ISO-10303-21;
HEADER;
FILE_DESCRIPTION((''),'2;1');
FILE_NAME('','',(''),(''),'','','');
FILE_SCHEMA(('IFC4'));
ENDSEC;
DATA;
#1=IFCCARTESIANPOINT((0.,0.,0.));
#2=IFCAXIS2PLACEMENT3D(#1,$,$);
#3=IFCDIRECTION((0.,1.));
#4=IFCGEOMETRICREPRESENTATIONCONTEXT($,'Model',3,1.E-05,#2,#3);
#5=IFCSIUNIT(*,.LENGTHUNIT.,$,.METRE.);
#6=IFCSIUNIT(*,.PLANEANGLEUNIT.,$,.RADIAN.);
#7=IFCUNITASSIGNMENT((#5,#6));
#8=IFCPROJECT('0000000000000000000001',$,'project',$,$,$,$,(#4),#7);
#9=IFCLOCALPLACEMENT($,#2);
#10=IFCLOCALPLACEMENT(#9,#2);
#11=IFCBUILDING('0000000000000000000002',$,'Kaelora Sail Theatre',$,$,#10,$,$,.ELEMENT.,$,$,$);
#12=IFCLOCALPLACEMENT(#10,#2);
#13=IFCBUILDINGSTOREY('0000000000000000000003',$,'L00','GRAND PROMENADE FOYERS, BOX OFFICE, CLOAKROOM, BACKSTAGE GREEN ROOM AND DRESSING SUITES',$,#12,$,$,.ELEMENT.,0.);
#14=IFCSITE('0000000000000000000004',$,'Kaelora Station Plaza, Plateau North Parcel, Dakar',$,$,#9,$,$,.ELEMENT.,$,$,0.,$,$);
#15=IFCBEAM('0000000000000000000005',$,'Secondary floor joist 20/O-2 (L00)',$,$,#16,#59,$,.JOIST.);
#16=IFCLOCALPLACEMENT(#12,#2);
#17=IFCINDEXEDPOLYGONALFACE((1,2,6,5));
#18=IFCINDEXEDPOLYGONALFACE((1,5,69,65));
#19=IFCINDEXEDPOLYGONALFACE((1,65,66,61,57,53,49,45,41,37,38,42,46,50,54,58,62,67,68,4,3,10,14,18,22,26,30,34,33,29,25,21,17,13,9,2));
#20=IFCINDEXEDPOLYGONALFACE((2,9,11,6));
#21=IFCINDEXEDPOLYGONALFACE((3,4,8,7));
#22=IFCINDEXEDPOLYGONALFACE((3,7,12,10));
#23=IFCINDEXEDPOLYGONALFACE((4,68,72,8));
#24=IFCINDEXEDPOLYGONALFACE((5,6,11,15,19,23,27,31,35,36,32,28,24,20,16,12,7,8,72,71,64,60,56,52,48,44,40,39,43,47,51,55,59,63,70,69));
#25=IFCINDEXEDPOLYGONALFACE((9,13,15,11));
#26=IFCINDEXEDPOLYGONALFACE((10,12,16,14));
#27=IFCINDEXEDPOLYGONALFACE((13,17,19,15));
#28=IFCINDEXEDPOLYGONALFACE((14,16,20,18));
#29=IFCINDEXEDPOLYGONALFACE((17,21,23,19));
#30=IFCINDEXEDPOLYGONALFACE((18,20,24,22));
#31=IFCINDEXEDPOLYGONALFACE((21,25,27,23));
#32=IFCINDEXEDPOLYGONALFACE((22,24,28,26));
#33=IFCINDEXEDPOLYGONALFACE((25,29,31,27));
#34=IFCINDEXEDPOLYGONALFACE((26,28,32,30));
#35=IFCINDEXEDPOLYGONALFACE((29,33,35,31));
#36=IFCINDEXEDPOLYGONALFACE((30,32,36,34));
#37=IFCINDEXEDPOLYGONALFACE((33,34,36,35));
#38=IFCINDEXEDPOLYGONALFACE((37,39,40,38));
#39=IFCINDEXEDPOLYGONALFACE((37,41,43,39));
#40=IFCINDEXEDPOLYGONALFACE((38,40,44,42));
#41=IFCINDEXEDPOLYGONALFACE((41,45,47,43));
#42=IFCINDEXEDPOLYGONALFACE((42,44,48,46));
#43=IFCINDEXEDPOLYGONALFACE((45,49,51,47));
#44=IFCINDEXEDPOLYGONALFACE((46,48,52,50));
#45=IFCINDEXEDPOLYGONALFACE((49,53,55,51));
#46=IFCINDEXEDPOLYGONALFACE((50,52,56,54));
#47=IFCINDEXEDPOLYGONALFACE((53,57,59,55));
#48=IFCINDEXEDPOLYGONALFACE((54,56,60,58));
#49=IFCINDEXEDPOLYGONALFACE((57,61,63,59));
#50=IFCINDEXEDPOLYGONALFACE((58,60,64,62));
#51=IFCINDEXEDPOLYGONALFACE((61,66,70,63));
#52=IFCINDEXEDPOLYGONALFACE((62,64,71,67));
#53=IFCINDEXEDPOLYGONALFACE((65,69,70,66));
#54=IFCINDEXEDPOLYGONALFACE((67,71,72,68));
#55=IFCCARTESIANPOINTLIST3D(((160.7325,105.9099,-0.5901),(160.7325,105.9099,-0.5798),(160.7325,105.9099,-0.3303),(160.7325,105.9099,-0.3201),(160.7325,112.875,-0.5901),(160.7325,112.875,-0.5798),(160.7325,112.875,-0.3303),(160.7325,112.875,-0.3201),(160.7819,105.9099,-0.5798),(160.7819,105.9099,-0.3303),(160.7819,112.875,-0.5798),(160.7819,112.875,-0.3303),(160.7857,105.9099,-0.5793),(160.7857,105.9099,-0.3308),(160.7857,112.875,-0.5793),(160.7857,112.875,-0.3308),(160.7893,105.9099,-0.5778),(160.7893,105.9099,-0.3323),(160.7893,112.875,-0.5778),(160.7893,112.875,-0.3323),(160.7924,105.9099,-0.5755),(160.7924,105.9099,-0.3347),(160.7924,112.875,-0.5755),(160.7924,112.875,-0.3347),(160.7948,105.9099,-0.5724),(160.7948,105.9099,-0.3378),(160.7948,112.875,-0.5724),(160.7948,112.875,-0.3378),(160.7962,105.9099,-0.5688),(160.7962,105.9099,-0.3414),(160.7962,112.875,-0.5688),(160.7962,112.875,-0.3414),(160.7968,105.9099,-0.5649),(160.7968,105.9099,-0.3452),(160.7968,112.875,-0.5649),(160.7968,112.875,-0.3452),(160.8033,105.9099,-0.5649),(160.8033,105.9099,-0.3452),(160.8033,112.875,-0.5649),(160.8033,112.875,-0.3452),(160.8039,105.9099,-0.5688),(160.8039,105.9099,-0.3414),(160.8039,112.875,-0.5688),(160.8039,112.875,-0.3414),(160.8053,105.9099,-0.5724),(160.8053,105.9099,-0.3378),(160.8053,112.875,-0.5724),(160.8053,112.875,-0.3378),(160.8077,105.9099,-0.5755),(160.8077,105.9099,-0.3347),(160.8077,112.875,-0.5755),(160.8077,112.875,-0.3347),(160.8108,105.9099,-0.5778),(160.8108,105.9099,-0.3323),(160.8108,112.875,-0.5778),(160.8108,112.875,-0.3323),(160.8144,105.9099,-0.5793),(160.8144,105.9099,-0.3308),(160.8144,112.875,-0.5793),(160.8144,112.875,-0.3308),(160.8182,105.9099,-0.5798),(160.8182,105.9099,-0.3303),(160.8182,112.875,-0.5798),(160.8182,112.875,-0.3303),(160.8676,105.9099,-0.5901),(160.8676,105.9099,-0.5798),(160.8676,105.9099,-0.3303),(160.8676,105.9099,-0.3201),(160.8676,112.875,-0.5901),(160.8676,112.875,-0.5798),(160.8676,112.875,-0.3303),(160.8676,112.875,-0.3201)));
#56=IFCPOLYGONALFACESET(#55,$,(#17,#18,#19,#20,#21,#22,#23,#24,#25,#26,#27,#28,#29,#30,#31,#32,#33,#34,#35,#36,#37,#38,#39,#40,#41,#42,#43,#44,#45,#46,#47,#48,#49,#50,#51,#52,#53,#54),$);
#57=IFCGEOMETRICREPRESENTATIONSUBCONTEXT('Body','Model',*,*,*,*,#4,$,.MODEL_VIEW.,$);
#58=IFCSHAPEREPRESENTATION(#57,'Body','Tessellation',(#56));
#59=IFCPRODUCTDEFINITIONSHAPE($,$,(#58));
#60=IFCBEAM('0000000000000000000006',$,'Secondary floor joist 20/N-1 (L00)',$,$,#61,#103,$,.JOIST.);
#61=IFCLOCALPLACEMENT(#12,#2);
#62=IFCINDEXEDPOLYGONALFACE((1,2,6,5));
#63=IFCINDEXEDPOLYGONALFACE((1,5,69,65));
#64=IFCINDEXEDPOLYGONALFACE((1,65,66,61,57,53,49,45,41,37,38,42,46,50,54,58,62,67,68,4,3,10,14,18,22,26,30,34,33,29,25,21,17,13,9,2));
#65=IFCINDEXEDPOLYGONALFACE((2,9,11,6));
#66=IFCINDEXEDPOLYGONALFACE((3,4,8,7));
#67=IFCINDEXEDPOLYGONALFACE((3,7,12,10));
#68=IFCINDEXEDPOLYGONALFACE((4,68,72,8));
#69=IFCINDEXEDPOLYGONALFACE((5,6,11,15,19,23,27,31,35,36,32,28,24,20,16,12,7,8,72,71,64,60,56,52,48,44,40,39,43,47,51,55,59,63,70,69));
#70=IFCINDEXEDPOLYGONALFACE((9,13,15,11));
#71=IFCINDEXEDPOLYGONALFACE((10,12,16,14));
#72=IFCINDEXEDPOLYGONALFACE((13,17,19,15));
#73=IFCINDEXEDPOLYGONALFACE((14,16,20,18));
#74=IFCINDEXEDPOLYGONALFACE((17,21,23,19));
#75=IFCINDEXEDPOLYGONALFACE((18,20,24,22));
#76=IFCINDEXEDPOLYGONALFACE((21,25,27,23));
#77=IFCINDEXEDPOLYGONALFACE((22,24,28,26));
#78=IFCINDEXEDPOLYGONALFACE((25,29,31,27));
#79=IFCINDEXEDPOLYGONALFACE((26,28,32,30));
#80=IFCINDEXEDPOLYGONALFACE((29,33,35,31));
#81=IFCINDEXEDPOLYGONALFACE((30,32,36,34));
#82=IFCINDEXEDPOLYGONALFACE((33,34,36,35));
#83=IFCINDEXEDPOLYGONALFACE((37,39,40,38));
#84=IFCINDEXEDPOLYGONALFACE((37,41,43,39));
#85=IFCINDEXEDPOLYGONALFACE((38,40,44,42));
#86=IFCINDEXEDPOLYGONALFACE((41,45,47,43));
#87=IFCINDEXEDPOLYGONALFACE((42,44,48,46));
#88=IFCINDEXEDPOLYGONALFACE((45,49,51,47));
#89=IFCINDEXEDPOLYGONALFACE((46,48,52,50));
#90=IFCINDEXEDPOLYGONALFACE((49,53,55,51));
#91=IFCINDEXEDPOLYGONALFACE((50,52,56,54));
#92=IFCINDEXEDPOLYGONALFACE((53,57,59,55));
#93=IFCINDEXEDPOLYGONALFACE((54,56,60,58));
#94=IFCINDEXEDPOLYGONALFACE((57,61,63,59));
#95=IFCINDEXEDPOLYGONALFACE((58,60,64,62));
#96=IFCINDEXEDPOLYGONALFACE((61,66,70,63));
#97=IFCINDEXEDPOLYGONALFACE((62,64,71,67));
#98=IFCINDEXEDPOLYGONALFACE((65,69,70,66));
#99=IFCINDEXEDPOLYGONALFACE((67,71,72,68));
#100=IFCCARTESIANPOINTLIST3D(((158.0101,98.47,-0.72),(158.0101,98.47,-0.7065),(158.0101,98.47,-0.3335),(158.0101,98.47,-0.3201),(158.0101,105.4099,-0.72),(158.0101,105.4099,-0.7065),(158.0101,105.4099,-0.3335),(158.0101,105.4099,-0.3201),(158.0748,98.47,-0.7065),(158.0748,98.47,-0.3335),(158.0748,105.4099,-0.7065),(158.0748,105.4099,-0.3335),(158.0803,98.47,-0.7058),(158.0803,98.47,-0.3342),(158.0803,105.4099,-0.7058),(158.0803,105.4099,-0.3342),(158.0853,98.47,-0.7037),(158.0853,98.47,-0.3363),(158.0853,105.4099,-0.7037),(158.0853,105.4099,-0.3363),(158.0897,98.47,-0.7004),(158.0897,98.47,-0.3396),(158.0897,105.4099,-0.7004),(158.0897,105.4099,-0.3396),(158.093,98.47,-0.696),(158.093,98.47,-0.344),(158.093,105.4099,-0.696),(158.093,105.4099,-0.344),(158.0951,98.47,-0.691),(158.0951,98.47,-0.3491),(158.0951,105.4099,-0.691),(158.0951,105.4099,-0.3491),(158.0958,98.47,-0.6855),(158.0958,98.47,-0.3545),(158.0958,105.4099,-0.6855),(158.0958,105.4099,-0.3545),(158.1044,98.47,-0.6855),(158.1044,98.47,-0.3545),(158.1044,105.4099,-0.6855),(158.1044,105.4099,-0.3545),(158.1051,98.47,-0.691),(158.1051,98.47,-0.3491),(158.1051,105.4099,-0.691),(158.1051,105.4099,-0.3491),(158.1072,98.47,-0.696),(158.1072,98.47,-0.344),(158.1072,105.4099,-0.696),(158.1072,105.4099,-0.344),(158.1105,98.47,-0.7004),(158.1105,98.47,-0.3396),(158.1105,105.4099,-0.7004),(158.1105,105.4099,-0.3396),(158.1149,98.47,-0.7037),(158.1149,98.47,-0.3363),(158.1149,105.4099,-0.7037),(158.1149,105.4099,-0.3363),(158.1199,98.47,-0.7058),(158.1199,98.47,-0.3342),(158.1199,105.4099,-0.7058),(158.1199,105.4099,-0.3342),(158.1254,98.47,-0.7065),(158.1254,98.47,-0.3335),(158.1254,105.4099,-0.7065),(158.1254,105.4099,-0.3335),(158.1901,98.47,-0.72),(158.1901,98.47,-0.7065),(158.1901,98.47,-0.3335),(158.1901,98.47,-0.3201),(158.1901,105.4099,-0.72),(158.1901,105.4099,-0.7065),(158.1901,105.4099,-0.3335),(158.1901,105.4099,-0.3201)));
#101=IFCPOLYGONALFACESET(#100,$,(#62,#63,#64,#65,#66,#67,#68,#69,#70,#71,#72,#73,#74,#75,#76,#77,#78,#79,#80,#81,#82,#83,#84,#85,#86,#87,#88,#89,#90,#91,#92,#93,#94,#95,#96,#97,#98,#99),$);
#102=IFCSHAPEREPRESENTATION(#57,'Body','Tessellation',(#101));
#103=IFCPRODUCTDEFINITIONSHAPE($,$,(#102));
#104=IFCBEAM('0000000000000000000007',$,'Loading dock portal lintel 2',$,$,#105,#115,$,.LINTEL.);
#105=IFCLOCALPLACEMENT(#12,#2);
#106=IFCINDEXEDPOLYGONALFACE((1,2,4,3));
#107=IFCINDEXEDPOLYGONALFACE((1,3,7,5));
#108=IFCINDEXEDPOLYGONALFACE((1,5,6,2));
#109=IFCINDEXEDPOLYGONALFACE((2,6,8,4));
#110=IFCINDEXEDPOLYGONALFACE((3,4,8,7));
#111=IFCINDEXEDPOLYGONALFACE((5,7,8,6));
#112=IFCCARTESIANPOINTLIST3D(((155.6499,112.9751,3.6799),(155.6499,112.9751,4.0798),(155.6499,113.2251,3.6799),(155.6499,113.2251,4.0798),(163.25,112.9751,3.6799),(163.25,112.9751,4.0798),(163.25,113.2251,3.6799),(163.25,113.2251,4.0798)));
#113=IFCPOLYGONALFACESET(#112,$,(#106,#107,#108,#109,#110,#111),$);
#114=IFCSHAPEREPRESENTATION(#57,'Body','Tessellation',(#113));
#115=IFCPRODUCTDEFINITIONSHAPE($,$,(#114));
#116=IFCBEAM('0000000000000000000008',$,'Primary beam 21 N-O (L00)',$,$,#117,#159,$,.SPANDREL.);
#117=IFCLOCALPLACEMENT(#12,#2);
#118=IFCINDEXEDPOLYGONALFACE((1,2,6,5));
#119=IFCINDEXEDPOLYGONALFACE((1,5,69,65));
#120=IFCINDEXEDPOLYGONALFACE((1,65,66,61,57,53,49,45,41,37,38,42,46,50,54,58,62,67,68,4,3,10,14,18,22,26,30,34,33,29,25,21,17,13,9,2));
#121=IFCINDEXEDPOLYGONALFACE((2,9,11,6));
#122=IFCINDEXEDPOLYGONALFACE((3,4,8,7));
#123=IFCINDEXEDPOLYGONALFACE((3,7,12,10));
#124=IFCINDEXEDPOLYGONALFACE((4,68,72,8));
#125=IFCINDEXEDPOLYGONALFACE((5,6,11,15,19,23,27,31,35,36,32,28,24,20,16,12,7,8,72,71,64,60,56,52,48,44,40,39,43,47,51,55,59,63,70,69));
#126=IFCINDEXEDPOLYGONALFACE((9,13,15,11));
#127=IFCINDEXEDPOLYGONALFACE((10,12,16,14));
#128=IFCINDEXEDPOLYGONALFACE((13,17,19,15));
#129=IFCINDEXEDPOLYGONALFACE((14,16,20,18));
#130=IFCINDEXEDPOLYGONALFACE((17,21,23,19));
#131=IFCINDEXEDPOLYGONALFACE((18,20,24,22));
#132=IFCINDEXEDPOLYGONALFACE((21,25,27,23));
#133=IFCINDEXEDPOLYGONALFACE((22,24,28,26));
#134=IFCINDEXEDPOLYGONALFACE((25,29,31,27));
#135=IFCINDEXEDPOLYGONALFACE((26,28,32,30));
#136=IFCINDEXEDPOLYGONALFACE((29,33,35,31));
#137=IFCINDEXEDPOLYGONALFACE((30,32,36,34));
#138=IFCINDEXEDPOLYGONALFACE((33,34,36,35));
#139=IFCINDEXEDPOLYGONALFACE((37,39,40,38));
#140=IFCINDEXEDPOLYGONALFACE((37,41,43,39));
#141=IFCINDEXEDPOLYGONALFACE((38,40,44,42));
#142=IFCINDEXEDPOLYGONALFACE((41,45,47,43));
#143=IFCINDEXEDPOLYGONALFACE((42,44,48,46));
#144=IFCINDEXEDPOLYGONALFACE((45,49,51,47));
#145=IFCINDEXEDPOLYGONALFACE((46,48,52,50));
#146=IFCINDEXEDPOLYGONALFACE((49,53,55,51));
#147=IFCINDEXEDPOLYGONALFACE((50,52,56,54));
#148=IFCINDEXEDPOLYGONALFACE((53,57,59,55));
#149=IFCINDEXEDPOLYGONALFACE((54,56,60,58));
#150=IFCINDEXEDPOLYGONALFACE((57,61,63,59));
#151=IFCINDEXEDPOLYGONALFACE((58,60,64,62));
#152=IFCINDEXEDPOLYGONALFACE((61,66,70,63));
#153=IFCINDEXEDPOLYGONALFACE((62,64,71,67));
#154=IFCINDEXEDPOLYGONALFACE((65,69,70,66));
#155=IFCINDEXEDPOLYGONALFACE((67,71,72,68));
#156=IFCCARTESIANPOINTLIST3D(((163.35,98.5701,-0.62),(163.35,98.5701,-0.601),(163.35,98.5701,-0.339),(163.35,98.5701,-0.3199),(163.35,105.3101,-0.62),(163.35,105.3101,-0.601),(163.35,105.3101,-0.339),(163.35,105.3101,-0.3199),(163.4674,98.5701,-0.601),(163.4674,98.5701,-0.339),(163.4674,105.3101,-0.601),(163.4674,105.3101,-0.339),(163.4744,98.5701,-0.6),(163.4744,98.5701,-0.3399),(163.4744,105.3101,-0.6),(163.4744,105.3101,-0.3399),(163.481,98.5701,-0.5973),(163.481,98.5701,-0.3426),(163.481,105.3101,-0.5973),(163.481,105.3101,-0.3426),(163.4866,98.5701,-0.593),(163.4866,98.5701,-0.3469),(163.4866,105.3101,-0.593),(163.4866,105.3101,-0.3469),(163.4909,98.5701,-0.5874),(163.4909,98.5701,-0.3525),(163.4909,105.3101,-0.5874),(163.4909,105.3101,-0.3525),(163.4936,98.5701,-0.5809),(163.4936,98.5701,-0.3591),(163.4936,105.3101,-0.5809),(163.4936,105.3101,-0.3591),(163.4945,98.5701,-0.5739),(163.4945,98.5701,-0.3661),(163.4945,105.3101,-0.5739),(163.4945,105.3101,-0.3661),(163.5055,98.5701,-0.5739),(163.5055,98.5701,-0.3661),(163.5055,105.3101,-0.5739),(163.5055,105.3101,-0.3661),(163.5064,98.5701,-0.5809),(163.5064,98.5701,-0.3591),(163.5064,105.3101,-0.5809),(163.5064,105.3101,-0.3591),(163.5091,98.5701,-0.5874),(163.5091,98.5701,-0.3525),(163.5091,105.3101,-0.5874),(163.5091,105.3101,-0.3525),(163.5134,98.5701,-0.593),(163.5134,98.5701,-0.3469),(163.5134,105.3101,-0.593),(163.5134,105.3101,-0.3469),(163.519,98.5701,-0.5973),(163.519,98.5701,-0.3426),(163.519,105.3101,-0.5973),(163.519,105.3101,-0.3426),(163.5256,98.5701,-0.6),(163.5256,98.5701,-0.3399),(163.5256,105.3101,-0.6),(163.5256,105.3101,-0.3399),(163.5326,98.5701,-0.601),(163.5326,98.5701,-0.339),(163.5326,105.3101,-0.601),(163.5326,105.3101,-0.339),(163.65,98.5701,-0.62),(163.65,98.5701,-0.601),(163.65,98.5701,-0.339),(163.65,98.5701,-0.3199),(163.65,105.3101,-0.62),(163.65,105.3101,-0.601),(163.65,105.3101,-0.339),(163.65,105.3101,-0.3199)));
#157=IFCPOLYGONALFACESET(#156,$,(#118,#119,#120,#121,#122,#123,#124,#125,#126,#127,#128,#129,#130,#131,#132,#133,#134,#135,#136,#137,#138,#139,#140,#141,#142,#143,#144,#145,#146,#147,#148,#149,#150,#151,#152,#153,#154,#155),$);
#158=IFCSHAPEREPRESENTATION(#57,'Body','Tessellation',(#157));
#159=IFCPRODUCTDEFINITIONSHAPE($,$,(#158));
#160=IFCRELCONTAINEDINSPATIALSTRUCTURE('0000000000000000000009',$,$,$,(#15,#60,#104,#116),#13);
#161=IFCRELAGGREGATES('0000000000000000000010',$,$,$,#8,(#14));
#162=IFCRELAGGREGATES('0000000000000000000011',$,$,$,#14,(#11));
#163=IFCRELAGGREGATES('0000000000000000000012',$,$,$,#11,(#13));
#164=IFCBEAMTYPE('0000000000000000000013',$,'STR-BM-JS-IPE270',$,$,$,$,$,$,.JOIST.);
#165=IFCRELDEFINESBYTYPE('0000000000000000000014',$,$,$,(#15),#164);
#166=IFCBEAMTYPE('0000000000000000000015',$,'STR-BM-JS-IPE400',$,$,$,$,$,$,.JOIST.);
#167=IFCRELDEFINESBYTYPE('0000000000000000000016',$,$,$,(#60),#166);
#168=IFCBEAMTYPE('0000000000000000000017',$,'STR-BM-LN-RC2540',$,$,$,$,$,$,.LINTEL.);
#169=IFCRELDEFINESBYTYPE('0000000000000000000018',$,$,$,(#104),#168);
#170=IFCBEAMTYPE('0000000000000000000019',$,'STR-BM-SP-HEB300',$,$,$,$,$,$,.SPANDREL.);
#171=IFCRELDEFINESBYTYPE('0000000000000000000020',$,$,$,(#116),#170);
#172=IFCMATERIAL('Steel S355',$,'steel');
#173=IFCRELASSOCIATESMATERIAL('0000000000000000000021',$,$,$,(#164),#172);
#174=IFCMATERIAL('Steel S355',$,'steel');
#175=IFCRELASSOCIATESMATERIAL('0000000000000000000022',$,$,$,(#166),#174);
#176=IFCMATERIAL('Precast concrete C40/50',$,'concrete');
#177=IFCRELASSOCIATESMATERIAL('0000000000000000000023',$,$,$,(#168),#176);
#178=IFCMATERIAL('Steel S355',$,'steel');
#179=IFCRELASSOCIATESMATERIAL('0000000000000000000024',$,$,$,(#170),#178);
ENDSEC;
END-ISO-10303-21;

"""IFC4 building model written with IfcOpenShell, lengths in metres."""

from ifc_helpers import new_model, si_unit, direction, frame, origin, origin_2d, place, context, subcontext, project, spatial, rectangle, i_section, extrude, material, material_profile, profile_set, type_object, element, save


model = new_model("IFC4")

# Units and contexts
model_context = context("Model", 3, precision=1e-05, world=origin(), true_north=direction((0.0, 1.0)))
body_context = subcontext(model_context, "Body", "Model", "MODEL_VIEW")
ifc_project = project(units=[si_unit("LENGTHUNIT", "METRE"), si_unit("PLANEANGLEUNIT", "RADIAN")], contexts=[model_context])

# Site, building, storey
site_placement = place(None, origin())
site = spatial("IfcSite", under=ifc_project, at=site_placement, Name="Kaelora Station Plaza, Plateau North Parcel, Dakar", CompositionType="ELEMENT", RefElevation=0.0)
building_placement = place(site_placement, origin())
building = spatial("IfcBuilding", under=site, at=building_placement, Name="Kaelora Sail Theatre", CompositionType="ELEMENT")
storey_placement = place(building_placement, origin())
storey = spatial("IfcBuildingStorey", under=building, at=storey_placement, Name="L00", Description="GRAND PROMENADE FOYERS, BOX OFFICE, CLOAKROOM, BACKSTAGE GREEN ROOM AND DRESSING SUITES", CompositionType="ELEMENT", Elevation=0.0)

# Beams
ifc_material_1 = material(Name="Steel S355", Category="steel")
ifc_material_profile_1 = material_profile(ifc_material_1, i_section(OverallWidth=0.135, OverallDepth=0.27, WebThickness=0.0066, FlangeThickness=0.0103, FilletRadius=0.0149, at=origin_2d()), Name="IPE 270")
ifc_profile_set_1 = profile_set([ifc_material_profile_1], Name="Steel S355")
beam_type_1 = type_object("IfcBeamType", Name="STR-BM-JS-IPE270", PredefinedType="JOIST", material=ifc_profile_set_1)
beam_1_placement = place(storey_placement, frame((160.8, 105.9099, -0.4551), z_axis=(0.0, 1.0, 0.0), x_axis=(-1.0, 0.0, 0.0)))
element("IfcBeam", 1, at=beam_1_placement, inside=storey, type_object=beam_type_1, Name="Secondary floor joist 20/O-2 (L00)", PredefinedType="JOIST", context=body_context, shape_type="SweptSolid", body=[
    extrude(i_section(OverallWidth=0.135, OverallDepth=0.27, WebThickness=0.0066, FlangeThickness=0.0103, FilletRadius=0.0149, at=origin_2d()), origin(), (0.0, 0.0, 1.0), 6.9651),
])
ifc_material_2 = material(Name="Steel S355", Category="steel")
ifc_material_profile_2 = material_profile(ifc_material_2, i_section(OverallWidth=0.1799, OverallDepth=0.3999, WebThickness=0.0085, FlangeThickness=0.0134, FilletRadius=0.021, at=origin_2d()), Name="IPE 400")
ifc_profile_set_2 = profile_set([ifc_material_profile_2], Name="Steel S355")
beam_type_2 = type_object("IfcBeamType", Name="STR-BM-JS-IPE400", PredefinedType="JOIST", material=ifc_profile_set_2)
beam_2_placement = place(storey_placement, frame((158.1001, 98.47, -0.52), z_axis=(0.0, 1.0, 0.0), x_axis=(-1.0, 0.0, 0.0)))
element("IfcBeam", 2, at=beam_2_placement, inside=storey, type_object=beam_type_2, Name="Secondary floor joist 20/N-1 (L00)", PredefinedType="JOIST", context=body_context, shape_type="SweptSolid", body=[
    extrude(i_section(OverallWidth=0.1799, OverallDepth=0.3999, WebThickness=0.0085, FlangeThickness=0.0134, FilletRadius=0.021, at=origin_2d()), origin(), (0.0, 0.0, 1.0), 6.9399),
])
ifc_material_3 = material(Name="Precast concrete C40/50", Category="concrete")
ifc_material_profile_3 = material_profile(ifc_material_3, rectangle(XDim=0.25, YDim=0.3999, at=origin_2d()), Name="RC-LNT 250x400")
ifc_profile_set_3 = profile_set([ifc_material_profile_3], Name="Precast concrete C40/50")
beam_type_3 = type_object("IfcBeamType", Name="STR-BM-LN-RC2540", PredefinedType="LINTEL", material=ifc_profile_set_3)
beam_3_placement = place(storey_placement, frame((155.6499, 113.1001, 3.8799), z_axis=(1.0, 0.0, 0.0), x_axis=(0.0, 1.0, 0.0)))
element("IfcBeam", 3, at=beam_3_placement, inside=storey, type_object=beam_type_3, Name="Loading dock portal lintel 2", PredefinedType="LINTEL", context=body_context, shape_type="SweptSolid", body=[
    extrude(rectangle(XDim=0.25, YDim=0.3999, at=origin_2d()), origin(), (0.0, 0.0, 1.0), 7.6001),
])
ifc_material_4 = material(Name="Steel S355", Category="steel")
ifc_material_profile_4 = material_profile(ifc_material_4, i_section(OverallWidth=0.3, OverallDepth=0.3, WebThickness=0.011, FlangeThickness=0.019, FilletRadius=0.0271, at=origin_2d()), Name="HEB 300")
ifc_profile_set_4 = profile_set([ifc_material_profile_4], Name="Steel S355")
beam_type_4 = type_object("IfcBeamType", Name="STR-BM-SP-HEB300", PredefinedType="SPANDREL", material=ifc_profile_set_4)
beam_4_placement = place(storey_placement, frame((163.5, 98.5701, -0.47), z_axis=(0.0, 1.0, 0.0), x_axis=(-1.0, 0.0, 0.0)))
element("IfcBeam", 4, at=beam_4_placement, inside=storey, type_object=beam_type_4, Name="Primary beam 21 N-O (L00)", PredefinedType="SPANDREL", context=body_context, shape_type="SweptSolid", body=[
    extrude(i_section(OverallWidth=0.3, OverallDepth=0.3, WebThickness=0.011, FlangeThickness=0.019, FilletRadius=0.0271, at=origin_2d()), origin(), (0.0, 0.0, 1.0), 6.74),
])

save(model, "model.ifc")
